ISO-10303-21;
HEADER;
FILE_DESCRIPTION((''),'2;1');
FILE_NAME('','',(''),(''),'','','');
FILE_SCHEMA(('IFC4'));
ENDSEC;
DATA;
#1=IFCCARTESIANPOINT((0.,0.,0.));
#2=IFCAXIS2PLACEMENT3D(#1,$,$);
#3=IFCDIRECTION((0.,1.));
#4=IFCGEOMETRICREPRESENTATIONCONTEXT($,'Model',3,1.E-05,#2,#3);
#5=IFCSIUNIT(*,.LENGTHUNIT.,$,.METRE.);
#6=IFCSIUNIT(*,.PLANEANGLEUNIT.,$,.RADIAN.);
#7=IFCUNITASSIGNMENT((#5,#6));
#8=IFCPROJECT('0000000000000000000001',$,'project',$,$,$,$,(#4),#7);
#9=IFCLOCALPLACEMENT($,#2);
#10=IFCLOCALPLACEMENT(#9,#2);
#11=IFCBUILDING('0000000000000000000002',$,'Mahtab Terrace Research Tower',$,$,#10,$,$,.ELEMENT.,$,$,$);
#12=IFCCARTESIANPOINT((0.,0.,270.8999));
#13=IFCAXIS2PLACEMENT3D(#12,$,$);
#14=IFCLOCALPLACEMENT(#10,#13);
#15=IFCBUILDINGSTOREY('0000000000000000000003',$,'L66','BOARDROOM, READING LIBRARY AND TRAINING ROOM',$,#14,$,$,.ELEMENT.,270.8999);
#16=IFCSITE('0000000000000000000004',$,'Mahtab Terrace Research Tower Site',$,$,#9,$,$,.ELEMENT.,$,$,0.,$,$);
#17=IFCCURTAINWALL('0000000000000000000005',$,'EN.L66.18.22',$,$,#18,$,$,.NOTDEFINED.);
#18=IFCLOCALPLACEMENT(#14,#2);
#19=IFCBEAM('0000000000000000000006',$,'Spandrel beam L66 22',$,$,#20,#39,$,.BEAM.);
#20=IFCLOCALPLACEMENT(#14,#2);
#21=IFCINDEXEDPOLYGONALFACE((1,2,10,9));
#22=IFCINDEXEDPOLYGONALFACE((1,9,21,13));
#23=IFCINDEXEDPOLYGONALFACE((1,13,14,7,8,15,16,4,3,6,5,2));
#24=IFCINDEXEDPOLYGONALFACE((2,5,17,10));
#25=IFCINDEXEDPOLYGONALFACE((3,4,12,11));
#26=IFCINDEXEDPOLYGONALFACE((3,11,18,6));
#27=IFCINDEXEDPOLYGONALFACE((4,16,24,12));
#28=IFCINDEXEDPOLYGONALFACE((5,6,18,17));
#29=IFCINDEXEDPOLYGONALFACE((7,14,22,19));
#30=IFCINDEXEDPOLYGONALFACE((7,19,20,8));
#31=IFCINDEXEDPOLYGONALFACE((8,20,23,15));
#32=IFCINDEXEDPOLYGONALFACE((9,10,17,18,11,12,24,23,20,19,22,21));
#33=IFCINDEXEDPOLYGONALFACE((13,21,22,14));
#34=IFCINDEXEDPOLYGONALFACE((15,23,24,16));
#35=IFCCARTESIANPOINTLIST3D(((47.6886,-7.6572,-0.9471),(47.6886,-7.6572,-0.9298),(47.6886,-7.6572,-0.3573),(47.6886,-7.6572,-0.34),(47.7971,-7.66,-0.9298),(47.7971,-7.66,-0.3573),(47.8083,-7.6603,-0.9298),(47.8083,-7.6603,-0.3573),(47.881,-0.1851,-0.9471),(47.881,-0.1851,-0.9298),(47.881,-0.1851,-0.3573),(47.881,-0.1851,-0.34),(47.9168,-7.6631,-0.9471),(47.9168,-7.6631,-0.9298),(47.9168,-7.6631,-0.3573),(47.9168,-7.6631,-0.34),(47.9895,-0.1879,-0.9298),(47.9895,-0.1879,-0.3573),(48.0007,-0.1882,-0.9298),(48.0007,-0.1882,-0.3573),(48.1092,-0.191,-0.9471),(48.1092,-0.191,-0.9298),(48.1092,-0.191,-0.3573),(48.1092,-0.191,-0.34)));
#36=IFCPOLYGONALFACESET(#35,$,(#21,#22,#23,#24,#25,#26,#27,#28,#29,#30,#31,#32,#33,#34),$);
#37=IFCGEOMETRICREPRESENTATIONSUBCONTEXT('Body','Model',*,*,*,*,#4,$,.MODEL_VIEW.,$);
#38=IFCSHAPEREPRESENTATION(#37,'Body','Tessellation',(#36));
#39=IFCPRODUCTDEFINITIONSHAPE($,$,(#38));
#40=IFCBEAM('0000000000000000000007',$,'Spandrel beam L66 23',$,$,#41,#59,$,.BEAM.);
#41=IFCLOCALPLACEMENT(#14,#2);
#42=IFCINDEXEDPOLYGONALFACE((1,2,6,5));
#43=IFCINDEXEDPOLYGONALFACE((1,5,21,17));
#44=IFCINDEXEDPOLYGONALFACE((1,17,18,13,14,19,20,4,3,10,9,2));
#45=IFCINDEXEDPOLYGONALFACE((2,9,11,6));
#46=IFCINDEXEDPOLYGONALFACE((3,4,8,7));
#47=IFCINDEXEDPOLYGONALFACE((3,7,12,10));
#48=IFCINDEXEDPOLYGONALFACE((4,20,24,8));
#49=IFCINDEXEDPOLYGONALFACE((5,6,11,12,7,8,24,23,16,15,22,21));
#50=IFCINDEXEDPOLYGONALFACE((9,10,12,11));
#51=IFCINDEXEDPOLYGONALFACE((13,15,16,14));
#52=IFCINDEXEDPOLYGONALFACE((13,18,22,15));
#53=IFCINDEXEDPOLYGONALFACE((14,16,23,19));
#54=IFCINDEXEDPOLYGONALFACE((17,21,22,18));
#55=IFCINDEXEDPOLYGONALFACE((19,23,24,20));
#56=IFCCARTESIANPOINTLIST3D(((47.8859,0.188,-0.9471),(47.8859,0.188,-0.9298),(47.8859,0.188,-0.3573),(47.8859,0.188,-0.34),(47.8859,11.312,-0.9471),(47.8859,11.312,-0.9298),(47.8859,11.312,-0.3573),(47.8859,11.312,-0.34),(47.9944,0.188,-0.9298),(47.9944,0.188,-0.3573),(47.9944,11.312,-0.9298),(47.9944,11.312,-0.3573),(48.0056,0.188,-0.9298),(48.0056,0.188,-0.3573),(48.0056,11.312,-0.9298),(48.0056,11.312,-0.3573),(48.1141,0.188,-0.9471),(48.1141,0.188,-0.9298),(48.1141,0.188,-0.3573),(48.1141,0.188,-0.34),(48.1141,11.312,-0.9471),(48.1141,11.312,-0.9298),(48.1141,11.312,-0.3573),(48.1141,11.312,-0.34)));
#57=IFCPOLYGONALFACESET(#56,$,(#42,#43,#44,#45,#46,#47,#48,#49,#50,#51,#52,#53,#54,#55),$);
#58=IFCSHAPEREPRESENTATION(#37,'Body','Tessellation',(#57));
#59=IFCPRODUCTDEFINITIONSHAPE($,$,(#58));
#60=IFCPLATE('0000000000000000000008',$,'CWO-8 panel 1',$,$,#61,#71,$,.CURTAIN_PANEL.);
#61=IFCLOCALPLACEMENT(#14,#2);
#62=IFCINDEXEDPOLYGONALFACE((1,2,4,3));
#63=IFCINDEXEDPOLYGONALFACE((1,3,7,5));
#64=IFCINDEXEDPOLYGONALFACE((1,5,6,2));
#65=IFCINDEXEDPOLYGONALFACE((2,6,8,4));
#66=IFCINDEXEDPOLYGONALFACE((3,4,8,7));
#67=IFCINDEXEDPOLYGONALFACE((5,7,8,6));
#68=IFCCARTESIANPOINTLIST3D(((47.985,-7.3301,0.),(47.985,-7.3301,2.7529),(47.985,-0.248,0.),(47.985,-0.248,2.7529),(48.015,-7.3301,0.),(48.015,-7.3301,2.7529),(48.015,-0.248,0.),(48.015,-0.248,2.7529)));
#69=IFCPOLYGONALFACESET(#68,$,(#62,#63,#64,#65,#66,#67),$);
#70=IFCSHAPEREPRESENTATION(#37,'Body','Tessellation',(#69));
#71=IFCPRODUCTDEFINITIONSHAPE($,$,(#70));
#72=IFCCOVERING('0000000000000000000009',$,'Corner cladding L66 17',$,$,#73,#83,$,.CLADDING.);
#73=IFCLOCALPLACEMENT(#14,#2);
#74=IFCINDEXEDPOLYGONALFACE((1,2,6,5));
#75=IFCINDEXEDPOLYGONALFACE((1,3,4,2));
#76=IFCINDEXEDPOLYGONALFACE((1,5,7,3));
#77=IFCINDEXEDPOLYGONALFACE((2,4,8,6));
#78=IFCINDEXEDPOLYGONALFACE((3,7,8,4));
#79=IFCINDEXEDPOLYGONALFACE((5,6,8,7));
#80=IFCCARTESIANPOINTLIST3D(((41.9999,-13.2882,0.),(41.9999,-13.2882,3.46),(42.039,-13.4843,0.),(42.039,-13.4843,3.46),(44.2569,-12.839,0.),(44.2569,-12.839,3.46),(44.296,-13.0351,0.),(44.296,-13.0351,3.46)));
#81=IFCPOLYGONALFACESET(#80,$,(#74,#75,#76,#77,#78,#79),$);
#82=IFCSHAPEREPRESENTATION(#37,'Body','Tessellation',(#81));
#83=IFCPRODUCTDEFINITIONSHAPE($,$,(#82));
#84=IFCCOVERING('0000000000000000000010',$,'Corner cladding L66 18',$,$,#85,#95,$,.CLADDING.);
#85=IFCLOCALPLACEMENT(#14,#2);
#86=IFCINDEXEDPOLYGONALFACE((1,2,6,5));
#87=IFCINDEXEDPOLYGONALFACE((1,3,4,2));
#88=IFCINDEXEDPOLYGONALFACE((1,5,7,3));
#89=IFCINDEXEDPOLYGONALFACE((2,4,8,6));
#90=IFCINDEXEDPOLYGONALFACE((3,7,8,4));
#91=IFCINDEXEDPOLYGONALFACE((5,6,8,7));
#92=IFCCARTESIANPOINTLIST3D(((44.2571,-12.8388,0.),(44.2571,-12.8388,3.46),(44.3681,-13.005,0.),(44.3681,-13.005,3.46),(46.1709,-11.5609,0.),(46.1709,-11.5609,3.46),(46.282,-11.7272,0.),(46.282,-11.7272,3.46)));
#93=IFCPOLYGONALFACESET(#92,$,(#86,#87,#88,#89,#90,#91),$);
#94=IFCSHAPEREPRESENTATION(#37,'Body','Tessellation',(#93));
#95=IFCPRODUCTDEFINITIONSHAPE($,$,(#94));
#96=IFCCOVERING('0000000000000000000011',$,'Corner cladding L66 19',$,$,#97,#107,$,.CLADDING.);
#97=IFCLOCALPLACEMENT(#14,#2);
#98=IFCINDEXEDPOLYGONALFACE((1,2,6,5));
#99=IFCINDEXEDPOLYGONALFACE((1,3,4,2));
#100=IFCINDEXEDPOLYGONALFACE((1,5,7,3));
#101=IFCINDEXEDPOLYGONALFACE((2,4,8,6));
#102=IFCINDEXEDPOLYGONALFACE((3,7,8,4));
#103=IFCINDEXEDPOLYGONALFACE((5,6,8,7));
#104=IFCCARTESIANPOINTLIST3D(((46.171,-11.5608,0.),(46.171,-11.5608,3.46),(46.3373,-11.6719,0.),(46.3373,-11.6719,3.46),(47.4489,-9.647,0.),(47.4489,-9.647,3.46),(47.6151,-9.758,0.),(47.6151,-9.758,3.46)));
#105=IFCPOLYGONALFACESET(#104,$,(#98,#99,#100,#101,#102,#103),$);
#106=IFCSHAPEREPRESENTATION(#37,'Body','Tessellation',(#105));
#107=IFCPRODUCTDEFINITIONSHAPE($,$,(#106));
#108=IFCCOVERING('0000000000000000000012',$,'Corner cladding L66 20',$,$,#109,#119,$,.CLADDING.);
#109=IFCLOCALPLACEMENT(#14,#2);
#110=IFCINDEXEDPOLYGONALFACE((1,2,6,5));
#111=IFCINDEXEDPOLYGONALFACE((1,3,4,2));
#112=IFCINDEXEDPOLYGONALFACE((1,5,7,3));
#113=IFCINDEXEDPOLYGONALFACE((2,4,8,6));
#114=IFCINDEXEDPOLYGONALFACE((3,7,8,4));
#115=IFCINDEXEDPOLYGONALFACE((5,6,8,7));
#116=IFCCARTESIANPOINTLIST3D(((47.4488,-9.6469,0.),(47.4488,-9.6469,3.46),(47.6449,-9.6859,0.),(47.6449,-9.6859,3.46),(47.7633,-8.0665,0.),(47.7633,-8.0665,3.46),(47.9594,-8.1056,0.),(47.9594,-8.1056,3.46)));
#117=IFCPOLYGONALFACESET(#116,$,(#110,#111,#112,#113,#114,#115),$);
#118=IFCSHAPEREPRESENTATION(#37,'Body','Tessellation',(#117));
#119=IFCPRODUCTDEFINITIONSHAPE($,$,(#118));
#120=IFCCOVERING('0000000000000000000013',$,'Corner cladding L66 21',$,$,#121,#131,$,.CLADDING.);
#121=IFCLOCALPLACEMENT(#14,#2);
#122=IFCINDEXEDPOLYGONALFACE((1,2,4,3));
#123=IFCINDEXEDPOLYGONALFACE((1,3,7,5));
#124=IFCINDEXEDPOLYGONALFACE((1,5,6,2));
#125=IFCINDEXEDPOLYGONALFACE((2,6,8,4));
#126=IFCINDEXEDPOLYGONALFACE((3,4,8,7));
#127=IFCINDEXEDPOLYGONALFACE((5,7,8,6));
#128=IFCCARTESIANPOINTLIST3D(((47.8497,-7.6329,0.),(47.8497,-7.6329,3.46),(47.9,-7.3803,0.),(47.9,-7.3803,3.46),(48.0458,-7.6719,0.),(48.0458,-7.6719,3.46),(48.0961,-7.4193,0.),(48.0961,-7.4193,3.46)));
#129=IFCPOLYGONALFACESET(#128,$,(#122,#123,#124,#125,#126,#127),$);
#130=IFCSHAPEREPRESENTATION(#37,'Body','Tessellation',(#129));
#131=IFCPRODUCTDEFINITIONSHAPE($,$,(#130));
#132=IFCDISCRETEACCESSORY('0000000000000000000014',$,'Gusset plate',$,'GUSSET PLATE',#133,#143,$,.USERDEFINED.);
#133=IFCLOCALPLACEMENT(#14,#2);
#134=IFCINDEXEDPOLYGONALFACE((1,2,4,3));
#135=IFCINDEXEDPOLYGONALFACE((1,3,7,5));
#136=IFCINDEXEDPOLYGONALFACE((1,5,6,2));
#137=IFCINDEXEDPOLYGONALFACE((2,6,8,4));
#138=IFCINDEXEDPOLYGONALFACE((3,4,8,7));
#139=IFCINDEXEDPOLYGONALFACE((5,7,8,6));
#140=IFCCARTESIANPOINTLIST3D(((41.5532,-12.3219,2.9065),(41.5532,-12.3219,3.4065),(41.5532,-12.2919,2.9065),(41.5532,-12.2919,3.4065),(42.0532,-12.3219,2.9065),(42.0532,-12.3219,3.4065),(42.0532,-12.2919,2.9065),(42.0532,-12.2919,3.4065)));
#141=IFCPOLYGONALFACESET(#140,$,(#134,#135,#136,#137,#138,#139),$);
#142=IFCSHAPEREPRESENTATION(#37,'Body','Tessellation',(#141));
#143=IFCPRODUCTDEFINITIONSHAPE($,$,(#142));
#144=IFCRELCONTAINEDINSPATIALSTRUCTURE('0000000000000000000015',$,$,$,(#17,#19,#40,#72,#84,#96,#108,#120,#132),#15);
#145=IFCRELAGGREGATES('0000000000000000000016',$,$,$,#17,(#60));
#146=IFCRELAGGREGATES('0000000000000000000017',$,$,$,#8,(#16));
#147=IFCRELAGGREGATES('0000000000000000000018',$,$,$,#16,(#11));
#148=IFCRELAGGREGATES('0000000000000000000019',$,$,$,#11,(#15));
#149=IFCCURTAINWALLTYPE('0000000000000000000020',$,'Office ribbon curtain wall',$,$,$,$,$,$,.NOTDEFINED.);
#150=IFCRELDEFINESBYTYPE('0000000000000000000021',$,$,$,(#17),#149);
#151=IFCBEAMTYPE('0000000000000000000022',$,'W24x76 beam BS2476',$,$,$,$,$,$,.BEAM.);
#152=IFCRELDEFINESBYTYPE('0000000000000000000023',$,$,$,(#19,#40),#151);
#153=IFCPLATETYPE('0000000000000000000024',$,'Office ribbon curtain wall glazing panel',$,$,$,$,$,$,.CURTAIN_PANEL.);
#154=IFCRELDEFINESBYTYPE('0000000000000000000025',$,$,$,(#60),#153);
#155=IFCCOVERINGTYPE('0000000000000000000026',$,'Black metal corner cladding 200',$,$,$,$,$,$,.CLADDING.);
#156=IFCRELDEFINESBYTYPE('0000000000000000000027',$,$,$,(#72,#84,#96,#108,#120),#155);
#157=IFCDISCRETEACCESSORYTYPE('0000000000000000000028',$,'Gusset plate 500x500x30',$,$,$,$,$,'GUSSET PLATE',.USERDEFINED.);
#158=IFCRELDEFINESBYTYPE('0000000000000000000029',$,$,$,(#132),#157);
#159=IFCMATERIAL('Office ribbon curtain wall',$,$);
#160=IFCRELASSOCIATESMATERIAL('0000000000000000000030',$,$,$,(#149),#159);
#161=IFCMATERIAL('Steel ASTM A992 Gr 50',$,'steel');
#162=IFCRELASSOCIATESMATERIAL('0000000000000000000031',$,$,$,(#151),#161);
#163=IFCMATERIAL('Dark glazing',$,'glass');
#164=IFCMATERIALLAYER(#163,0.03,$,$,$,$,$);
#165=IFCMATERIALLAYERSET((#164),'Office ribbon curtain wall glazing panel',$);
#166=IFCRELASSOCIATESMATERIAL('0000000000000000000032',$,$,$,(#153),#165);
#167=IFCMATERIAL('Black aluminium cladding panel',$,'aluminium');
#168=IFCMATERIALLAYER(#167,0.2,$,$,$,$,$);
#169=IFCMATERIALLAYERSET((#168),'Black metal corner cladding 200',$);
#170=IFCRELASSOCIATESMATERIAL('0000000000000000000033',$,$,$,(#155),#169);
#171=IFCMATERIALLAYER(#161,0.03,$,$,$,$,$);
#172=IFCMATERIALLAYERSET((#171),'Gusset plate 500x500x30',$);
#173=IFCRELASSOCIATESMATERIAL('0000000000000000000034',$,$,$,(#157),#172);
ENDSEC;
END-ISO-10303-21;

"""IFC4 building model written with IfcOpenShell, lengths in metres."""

from ifc_helpers import new_model, si_unit, direction, frame, origin, origin_2d, place, context, subcontext, project, spatial, rectangle, i_section, extrude, material, layer, layer_set, material_profile, profile_set, type_object, element, aggregate, save


model = new_model("IFC4")

# Units and contexts
model_context = context("Model", 3, precision=1e-05, world=origin(), true_north=direction((0.0, 1.0)))
body_context = subcontext(model_context, "Body", "Model", "MODEL_VIEW")
ifc_project = project(units=[si_unit("LENGTHUNIT", "METRE"), si_unit("PLANEANGLEUNIT", "RADIAN")], contexts=[model_context])

# Site, building, storey
site_placement = place(None, origin())
site = spatial("IfcSite", under=ifc_project, at=site_placement, Name="Mahtab Terrace Research Tower Site", CompositionType="ELEMENT", RefElevation=0.0)
building_placement = place(site_placement, origin())
building = spatial("IfcBuilding", under=site, at=building_placement, Name="Mahtab Terrace Research Tower", CompositionType="ELEMENT")
storey_placement = place(building_placement, frame((0.0, 0.0, 270.8999)))
storey = spatial("IfcBuildingStorey", under=building, at=storey_placement, Name="L66", Description="BOARDROOM, READING LIBRARY AND TRAINING ROOM", CompositionType="ELEMENT", Elevation=270.8999)

# Shared definitions
ifc_material_1 = material(Name="Steel ASTM A992 Gr 50", Category="steel")

# Curtain wall
ifc_material_2 = material(Name="Office ribbon curtain wall")
curtain_wall_type = type_object("IfcCurtainWallType", Name="Office ribbon curtain wall", PredefinedType="NOTDEFINED", material=ifc_material_2)
curtain_wall_1_placement = place(storey_placement, origin())
curtain_wall_1 = element("IfcCurtainWall", 1, at=curtain_wall_1_placement, inside=storey, type_object=curtain_wall_type, Name="EN.L66.18.22", PredefinedType="NOTDEFINED")

# Beams
ifc_material_profile_1 = material_profile(ifc_material_1, i_section(OverallWidth=0.2283, OverallDepth=0.6072, WebThickness=0.0112, FlangeThickness=0.0173, at=origin_2d()), Name="W24X76")
ifc_profile_set_1 = profile_set([ifc_material_profile_1], Name="Steel ASTM A992 Gr 50")
beam_type = type_object("IfcBeamType", Name="W24x76 beam BS2476", PredefinedType="BEAM", material=ifc_profile_set_1)
beam_1_placement = place(storey_placement, frame((47.8027, -7.6602, -0.6436), z_axis=(0.025738, 0.999669, 0.0), x_axis=(-0.999669, 0.025738, 0.0)))
element("IfcBeam", 2, at=beam_1_placement, inside=storey, type_object=beam_type, Name="Spandrel beam L66 22", PredefinedType="BEAM", context=body_context, shape_type="SweptSolid", body=[
    extrude(i_section(OverallWidth=0.2283, OverallDepth=0.6072, WebThickness=0.0112, FlangeThickness=0.0173, at=origin_2d()), origin(), (0.0, 0.0, 1.0), 7.4746),
])
beam_2_placement = place(storey_placement, frame((48.0, 0.188, -0.6436), z_axis=(0.0, 1.0, 0.0), x_axis=(-1.0, 0.0, 0.0)))
element("IfcBeam", 3, at=beam_2_placement, inside=storey, type_object=beam_type, Name="Spandrel beam L66 23", PredefinedType="BEAM", context=body_context, shape_type="SweptSolid", body=[
    extrude(i_section(OverallWidth=0.2283, OverallDepth=0.6072, WebThickness=0.0112, FlangeThickness=0.0173, at=origin_2d()), origin(), (0.0, 0.0, 1.0), 11.124),
])

# Plate
ifc_material_3 = material(Name="Dark glazing", Category="glass")
ifc_layer_1 = layer(ifc_material_3, 0.03)
ifc_layer_set_1 = layer_set([ifc_layer_1], Name="Office ribbon curtain wall glazing panel")
plate_type = type_object("IfcPlateType", Name="Office ribbon curtain wall glazing panel", PredefinedType="CURTAIN_PANEL", material=ifc_layer_set_1)
plate_placement = place(storey_placement, frame((48.0, -3.7891, 0.0), z_axis=(0.0, 0.0, 1.0), x_axis=(0.0, 1.0, 0.0)))
plate = element("IfcPlate", 4, at=plate_placement, type_object=plate_type, Name="CWO-8 panel 1", PredefinedType="CURTAIN_PANEL", context=body_context, shape_type="SweptSolid", body=[
    extrude(rectangle(XDim=7.082, YDim=0.03, at=origin_2d()), origin(), (0.0, 0.0, 1.0), 2.7529),
])
aggregate(curtain_wall_1, [plate])

# Coverings
ifc_material_4 = material(Name="Black aluminium cladding panel", Category="aluminium")
ifc_layer_2 = layer(ifc_material_4, 0.2)
ifc_layer_set_2 = layer_set([ifc_layer_2], Name="Black metal corner cladding 200")
covering_type = type_object("IfcCoveringType", Name="Black metal corner cladding 200", PredefinedType="CLADDING", material=ifc_layer_set_2)
for number, where, z_axis, x_axis, name in (
    (5, (43.1479, -13.1616, 0.0), (0.0, 0.0, 1.0), (0.980761, 0.195212, 0.0), "Corner cladding L66 17"),
    (6, (45.2695, -12.283, 0.0), (0.0, 0.0, 1.0), (0.831656, 0.555291, 0.0), "Corner cladding L66 18"),
    (7, (46.8931, -10.6594, 0.0), (0.0, 0.0, 1.0), (0.555291, 0.831656, 0.0), "Corner cladding L66 19"),
):
    element("IfcCovering", number, at=place(storey_placement, frame(where, z_axis=z_axis, x_axis=x_axis)), inside=storey, type_object=covering_type, Name=name, PredefinedType="CLADDING", context=body_context, shape_type="SweptSolid", body=[
        extrude(rectangle(XDim=2.3013, YDim=0.2, at=origin_2d()), origin(), (0.0, 0.0, 1.0), 3.46),
    ])
covering_1_placement = place(storey_placement, frame((47.7041, -8.8762, 0.0), z_axis=(0.0, 0.0, 1.0), x_axis=(0.195212, 0.980761, 0.0)))
element("IfcCovering", 8, at=covering_1_placement, inside=storey, type_object=covering_type, Name="Corner cladding L66 20", PredefinedType="CLADDING", context=body_context, shape_type="SweptSolid", body=[
    extrude(rectangle(XDim=1.6113, YDim=0.2, at=origin_2d()), origin(), (0.0, 0.0, 1.0), 3.46),
])
covering_2_placement = place(storey_placement, frame((47.9729, -7.5261, 0.0), z_axis=(0.0, 0.0, 1.0), x_axis=(0.195212, 0.980761, 0.0)))
element("IfcCovering", 9, at=covering_2_placement, inside=storey, type_object=covering_type, Name="Corner cladding L66 21", PredefinedType="CLADDING", context=body_context, shape_type="SweptSolid", body=[
    extrude(rectangle(XDim=0.2576, YDim=0.2, at=origin_2d()), origin(), (0.0, 0.0, 1.0), 3.46),
])

# Discrete accessory
ifc_layer_3 = layer(ifc_material_1, 0.03)
ifc_layer_set_3 = layer_set([ifc_layer_3], Name="Gusset plate 500x500x30")
discrete_accessory_type = type_object("IfcDiscreteAccessoryType", Name="Gusset plate 500x500x30", ElementType="GUSSET PLATE", PredefinedType="USERDEFINED", material=ifc_layer_set_3)
discrete_accessory_placement = place(storey_placement, frame((41.8032, -12.3069, 2.9065), z_axis=(0.0, 0.0, 1.0), x_axis=(1.0, 0.0, 0.0)))
element("IfcDiscreteAccessory", 10, at=discrete_accessory_placement, inside=storey, type_object=discrete_accessory_type, Name="Gusset plate", ObjectType="GUSSET PLATE", PredefinedType="USERDEFINED", context=body_context, shape_type="SweptSolid", body=[
    extrude(rectangle(XDim=0.5, YDim=0.03, at=origin_2d()), origin(), (0.0, 0.0, 1.0), 0.5),
])

save(model, "model.ifc")
